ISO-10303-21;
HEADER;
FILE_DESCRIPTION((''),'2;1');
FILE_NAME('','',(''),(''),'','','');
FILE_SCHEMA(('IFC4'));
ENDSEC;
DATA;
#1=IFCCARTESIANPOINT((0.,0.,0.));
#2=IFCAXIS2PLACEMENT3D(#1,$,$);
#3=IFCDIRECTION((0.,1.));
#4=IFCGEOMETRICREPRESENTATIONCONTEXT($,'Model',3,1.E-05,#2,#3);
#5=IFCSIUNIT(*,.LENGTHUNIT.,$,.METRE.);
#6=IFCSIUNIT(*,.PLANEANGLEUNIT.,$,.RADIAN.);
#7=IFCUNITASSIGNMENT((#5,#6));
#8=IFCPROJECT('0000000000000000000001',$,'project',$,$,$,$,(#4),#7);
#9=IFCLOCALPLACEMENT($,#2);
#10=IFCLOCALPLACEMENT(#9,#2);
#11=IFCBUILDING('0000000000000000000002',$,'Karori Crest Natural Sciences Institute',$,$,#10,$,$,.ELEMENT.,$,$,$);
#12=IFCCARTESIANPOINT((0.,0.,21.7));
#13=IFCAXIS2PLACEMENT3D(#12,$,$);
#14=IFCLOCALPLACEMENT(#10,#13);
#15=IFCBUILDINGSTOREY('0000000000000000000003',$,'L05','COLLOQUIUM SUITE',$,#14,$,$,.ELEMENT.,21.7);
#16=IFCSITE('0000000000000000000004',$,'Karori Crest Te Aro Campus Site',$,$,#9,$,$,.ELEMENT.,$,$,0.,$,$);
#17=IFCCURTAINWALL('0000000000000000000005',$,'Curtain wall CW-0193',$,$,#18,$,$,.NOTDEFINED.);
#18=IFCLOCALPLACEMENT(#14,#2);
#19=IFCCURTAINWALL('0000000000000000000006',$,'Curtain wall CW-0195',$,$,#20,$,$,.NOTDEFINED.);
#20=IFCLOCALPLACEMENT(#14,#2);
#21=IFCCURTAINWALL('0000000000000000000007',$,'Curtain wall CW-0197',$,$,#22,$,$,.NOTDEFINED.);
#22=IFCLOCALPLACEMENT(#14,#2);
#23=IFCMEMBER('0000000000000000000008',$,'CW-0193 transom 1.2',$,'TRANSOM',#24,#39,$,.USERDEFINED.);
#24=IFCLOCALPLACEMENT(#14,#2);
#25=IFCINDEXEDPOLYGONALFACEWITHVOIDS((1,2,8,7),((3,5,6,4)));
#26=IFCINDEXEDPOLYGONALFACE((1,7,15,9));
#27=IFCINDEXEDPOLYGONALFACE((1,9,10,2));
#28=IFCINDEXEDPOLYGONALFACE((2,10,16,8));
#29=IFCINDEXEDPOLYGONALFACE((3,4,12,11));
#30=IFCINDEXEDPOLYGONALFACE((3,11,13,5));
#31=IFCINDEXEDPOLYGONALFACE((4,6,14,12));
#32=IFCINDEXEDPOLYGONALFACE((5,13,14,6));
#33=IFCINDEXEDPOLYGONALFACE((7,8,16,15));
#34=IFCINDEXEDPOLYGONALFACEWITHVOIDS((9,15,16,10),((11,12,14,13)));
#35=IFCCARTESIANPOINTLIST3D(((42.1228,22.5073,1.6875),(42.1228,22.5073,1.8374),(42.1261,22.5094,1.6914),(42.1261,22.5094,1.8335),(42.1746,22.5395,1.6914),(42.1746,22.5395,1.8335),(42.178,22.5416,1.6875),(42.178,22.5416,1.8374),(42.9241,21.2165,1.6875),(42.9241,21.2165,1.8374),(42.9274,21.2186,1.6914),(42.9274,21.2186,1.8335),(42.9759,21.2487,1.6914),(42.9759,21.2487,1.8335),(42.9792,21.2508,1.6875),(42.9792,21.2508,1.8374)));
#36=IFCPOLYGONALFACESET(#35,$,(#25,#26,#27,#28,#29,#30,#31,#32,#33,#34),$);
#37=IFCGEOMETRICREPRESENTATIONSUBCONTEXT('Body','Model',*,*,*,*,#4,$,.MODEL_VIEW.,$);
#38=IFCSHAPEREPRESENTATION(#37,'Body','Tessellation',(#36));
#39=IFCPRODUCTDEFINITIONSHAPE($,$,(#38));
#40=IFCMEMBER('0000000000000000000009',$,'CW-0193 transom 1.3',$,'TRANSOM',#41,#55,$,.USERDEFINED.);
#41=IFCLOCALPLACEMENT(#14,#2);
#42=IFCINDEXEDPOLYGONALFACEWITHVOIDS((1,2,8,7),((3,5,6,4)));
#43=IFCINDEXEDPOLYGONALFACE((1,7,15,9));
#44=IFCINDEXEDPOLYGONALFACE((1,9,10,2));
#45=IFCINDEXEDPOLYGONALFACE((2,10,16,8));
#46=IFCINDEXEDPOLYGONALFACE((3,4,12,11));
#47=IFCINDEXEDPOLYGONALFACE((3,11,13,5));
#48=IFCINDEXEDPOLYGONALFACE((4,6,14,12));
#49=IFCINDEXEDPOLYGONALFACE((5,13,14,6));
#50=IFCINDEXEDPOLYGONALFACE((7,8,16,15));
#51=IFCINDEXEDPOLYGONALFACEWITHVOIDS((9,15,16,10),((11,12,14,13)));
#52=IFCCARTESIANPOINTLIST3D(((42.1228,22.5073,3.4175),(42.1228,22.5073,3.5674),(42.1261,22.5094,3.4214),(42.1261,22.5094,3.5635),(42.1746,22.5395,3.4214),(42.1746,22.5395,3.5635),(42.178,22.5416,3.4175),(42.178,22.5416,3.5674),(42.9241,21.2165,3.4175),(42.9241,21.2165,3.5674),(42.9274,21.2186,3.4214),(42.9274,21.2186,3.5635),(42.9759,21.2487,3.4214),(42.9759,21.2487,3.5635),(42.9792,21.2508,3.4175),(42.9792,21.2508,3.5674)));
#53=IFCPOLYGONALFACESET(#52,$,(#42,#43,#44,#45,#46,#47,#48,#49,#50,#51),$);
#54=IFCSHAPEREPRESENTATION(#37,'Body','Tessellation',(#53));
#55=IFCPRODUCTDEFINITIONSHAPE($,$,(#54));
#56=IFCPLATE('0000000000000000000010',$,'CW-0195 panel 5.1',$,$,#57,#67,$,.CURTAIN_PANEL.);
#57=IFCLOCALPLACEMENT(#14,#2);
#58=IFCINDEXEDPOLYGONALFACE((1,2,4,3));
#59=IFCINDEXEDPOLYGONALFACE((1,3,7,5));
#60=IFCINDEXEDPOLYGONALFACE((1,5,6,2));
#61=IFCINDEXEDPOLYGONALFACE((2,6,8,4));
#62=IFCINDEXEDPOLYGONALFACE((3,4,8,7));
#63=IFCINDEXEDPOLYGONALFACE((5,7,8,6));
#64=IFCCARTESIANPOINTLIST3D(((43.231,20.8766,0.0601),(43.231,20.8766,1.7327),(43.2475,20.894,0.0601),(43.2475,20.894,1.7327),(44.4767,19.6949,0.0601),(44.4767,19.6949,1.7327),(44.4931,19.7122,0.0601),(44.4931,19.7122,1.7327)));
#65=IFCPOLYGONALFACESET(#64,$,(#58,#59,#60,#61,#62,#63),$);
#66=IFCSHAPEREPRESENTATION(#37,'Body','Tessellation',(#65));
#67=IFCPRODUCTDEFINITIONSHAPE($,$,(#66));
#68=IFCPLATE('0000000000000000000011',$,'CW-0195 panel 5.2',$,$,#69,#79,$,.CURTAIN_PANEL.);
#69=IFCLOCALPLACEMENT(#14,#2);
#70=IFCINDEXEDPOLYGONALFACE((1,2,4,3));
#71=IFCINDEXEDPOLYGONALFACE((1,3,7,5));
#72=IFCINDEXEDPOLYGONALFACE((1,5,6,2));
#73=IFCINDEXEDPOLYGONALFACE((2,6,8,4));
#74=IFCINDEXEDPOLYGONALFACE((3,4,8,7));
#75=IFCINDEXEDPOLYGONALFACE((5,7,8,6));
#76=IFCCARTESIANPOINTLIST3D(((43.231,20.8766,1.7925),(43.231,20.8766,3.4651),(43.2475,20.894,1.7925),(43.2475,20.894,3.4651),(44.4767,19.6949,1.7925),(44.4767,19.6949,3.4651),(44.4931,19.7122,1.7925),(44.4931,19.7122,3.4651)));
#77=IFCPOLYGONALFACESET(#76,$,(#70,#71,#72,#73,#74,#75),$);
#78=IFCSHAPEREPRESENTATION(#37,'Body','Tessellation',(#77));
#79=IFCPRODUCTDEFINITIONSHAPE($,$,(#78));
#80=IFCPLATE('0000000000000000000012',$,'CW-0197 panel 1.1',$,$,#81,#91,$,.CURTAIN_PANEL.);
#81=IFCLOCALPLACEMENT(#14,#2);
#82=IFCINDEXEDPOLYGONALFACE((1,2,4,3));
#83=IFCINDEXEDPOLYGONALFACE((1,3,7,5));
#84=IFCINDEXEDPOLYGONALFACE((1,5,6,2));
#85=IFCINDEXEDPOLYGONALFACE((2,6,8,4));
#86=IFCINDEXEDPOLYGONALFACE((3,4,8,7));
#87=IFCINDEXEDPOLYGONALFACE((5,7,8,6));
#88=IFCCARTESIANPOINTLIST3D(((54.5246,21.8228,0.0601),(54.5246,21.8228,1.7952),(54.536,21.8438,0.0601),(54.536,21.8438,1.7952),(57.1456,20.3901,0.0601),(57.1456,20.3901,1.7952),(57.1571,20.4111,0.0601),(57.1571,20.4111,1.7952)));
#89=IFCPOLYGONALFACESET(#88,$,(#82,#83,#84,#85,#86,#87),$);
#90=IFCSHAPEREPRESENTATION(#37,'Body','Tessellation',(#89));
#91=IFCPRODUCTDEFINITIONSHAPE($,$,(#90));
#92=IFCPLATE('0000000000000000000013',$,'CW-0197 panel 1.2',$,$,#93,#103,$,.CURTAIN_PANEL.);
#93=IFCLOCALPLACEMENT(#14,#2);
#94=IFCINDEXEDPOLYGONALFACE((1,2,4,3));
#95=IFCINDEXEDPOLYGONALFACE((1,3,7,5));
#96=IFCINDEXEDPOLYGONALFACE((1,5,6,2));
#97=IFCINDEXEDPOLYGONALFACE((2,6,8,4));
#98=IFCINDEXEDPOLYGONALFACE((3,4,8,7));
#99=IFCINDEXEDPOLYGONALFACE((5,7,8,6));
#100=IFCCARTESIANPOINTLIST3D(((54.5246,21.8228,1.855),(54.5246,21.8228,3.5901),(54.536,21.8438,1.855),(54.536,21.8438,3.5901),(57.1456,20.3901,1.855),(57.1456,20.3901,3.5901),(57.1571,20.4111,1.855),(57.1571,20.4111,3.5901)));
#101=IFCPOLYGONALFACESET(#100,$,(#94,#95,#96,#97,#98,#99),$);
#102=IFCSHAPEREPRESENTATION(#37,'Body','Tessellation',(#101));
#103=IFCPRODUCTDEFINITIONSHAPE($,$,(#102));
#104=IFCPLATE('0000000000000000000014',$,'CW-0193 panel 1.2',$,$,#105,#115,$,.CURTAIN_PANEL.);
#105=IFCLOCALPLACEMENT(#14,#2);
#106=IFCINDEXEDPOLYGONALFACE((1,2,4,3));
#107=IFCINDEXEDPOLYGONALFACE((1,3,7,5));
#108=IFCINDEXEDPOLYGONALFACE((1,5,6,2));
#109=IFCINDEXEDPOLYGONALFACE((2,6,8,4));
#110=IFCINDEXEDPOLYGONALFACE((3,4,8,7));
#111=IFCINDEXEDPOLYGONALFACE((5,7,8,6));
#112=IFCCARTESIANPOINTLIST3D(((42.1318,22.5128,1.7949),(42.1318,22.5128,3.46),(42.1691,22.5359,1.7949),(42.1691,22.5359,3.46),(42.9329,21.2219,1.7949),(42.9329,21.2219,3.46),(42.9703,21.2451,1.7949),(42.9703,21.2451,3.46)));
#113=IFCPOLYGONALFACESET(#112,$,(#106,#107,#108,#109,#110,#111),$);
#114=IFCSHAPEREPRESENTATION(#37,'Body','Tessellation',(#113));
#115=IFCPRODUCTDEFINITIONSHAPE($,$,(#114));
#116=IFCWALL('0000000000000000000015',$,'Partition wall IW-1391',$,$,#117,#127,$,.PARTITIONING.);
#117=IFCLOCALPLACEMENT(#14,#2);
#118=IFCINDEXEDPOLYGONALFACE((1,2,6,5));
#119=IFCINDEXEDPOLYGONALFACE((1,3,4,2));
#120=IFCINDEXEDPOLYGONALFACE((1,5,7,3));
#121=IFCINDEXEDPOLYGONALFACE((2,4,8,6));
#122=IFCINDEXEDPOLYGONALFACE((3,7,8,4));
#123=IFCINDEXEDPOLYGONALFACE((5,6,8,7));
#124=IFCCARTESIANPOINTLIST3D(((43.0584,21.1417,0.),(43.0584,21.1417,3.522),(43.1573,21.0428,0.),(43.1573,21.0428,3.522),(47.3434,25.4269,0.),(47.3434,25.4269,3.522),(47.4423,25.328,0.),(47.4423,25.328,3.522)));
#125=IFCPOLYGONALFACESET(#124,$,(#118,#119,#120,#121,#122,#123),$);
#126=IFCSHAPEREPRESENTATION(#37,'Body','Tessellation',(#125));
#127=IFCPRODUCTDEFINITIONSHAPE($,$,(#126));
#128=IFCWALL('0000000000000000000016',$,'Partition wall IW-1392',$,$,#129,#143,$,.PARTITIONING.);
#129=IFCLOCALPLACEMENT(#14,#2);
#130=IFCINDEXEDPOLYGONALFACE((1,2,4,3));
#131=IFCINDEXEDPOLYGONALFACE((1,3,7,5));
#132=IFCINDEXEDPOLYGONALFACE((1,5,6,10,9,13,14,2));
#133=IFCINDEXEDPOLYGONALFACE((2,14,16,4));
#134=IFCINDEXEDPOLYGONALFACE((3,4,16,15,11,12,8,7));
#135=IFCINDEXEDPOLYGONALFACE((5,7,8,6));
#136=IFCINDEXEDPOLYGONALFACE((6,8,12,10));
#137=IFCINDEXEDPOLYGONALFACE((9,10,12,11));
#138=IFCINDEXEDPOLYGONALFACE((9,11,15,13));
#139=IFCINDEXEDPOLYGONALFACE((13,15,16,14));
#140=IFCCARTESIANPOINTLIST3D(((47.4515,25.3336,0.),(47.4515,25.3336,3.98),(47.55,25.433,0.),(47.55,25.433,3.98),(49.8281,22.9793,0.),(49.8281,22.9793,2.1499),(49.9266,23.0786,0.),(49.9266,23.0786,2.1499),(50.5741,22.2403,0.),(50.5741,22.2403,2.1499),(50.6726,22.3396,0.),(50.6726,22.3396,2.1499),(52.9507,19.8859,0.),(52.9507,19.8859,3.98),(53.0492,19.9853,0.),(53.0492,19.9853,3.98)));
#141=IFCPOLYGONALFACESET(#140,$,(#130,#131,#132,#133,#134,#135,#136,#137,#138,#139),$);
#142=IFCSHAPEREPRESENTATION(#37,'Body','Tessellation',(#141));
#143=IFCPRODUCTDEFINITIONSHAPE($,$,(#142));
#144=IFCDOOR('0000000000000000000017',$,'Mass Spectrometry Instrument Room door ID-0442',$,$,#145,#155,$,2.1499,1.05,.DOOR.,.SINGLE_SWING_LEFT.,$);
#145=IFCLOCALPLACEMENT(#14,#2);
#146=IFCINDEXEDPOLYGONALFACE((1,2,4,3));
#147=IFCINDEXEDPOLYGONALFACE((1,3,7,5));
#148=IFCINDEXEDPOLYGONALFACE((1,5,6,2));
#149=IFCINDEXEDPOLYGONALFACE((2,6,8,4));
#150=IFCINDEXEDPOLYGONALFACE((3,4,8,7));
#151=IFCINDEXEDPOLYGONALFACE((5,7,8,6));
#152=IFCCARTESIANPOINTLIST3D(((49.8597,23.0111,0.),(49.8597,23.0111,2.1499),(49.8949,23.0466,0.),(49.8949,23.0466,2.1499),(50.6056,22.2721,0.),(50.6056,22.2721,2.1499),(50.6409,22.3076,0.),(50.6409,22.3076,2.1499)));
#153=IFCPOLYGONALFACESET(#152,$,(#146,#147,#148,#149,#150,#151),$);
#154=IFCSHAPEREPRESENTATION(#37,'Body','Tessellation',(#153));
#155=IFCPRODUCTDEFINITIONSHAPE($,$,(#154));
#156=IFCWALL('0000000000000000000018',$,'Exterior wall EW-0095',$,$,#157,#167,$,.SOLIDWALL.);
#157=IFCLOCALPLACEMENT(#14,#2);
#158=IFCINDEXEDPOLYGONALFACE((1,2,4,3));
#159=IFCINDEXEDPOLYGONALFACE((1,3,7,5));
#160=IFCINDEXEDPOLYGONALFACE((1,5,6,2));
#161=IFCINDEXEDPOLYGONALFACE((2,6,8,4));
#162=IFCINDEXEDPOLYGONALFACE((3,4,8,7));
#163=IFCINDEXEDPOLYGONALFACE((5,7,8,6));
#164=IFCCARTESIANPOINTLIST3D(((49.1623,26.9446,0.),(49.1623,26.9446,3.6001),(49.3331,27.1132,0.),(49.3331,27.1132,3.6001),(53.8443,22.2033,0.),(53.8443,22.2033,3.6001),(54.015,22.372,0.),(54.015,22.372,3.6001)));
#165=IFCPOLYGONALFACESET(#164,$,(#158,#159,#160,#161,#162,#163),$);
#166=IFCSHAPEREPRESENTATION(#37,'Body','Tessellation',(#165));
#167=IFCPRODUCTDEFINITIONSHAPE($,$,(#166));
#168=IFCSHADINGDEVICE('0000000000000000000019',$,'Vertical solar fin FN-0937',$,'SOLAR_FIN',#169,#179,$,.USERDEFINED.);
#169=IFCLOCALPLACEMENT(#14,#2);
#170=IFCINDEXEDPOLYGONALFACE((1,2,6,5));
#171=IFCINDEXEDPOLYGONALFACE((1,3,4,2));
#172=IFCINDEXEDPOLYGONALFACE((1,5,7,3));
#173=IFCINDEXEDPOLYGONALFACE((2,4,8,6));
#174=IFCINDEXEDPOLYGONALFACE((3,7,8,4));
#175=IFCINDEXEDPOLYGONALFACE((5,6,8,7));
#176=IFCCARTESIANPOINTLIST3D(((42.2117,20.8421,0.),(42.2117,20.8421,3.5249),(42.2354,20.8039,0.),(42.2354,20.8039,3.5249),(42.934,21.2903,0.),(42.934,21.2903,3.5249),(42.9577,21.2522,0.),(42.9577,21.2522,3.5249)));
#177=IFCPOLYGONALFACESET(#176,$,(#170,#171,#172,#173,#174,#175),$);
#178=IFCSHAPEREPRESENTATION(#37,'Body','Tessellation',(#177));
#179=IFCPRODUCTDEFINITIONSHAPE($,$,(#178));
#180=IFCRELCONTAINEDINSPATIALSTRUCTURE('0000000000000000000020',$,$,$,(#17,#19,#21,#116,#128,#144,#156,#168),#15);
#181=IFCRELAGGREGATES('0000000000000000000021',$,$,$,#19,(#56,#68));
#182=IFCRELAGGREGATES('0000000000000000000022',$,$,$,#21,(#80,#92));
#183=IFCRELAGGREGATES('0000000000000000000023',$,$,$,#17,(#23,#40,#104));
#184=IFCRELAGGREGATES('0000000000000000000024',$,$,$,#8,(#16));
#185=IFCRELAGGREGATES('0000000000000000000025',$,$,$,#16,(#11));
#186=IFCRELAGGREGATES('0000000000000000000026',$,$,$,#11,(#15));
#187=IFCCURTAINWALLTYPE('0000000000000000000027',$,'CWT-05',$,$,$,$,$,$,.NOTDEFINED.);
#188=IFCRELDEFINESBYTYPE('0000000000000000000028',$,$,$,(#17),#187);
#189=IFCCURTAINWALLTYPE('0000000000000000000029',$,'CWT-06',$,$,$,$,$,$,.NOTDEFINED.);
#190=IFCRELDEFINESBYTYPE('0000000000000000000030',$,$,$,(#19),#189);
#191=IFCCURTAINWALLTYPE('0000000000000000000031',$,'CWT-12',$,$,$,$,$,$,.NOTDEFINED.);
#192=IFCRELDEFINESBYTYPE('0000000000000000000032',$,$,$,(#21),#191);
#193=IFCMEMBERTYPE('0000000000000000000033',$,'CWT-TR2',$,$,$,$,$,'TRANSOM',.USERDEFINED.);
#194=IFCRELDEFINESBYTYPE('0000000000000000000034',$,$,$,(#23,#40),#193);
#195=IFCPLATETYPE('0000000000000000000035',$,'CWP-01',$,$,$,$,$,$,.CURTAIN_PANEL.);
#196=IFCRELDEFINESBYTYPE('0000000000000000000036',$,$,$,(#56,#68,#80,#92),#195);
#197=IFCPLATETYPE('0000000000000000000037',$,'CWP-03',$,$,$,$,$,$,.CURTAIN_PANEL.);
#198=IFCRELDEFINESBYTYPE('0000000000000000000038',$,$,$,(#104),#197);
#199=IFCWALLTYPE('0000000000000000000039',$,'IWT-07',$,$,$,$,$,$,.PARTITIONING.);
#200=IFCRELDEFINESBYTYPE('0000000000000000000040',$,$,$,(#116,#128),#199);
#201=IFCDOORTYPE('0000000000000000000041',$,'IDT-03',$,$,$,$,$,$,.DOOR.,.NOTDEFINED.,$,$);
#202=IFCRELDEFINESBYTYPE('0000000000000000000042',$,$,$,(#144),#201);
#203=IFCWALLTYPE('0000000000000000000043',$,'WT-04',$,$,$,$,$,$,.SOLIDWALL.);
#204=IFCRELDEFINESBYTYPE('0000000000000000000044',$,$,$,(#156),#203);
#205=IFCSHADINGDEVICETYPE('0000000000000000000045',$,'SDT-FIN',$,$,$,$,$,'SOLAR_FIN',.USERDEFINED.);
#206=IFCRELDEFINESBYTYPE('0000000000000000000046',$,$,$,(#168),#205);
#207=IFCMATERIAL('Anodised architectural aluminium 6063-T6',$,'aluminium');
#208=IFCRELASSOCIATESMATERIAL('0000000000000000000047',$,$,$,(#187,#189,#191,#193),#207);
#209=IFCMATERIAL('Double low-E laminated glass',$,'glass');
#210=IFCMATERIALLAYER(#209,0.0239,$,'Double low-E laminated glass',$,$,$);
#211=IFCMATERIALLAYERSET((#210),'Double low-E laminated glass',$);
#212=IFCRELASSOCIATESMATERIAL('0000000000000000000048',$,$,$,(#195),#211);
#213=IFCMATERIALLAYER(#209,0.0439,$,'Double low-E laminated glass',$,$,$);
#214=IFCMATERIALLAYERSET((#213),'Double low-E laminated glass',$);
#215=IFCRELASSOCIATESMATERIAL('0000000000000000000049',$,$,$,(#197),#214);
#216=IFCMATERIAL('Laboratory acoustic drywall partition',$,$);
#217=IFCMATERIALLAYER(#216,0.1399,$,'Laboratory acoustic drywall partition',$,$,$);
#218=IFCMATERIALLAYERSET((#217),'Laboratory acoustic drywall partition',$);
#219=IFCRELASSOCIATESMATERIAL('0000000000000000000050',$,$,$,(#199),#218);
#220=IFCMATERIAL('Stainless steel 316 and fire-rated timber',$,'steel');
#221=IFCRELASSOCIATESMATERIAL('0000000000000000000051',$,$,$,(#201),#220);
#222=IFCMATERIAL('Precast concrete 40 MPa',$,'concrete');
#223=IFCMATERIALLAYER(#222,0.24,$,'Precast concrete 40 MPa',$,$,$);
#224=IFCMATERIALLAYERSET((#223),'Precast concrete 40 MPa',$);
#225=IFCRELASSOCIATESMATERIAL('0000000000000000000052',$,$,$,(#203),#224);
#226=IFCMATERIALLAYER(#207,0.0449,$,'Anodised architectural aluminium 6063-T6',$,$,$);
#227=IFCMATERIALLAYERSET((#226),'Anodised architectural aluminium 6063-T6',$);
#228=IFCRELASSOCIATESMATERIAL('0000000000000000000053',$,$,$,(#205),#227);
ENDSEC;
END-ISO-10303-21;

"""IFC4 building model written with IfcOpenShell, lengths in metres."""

from ifc_helpers import new_model, si_unit, direction, frame, frame_2d, origin, origin_2d, place, context, subcontext, project, spatial, rectangle, hollow_rectangle, extrude, material, layer, layer_set, material_profile, profile_set, type_object, element, fill, aggregate, save


model = new_model("IFC4")

# Units and contexts
model_context = context("Model", 3, precision=1e-05, world=origin(), true_north=direction((0.0, 1.0)))
body_context = subcontext(model_context, "Body", "Model", "MODEL_VIEW")
ifc_project = project(units=[si_unit("LENGTHUNIT", "METRE"), si_unit("PLANEANGLEUNIT", "RADIAN")], contexts=[model_context])

# Site, building, storey
site_placement = place(None, origin())
site = spatial("IfcSite", under=ifc_project, at=site_placement, Name="Karori Crest Te Aro Campus Site", CompositionType="ELEMENT", RefElevation=0.0)
building_placement = place(site_placement, origin())
building = spatial("IfcBuilding", under=site, at=building_placement, Name="Karori Crest Natural Sciences Institute", CompositionType="ELEMENT")
storey_placement = place(building_placement, frame((0.0, 0.0, 21.7)))
storey = spatial("IfcBuildingStorey", under=building, at=storey_placement, Name="L05", Description="COLLOQUIUM SUITE", CompositionType="ELEMENT", Elevation=21.7)

# Curtain walls
ifc_material_1 = material(Name="Anodised architectural aluminium 6063-T6", Category="aluminium")
curtain_wall_type_1 = type_object("IfcCurtainWallType", Name="CWT-05", PredefinedType="NOTDEFINED", material=ifc_material_1)
curtain_wall_1_placement = place(storey_placement, origin())
curtain_wall_1 = element("IfcCurtainWall", 1, at=curtain_wall_1_placement, inside=storey, type_object=curtain_wall_type_1, Name="Curtain wall CW-0193", PredefinedType="NOTDEFINED")
curtain_wall_type_2 = type_object("IfcCurtainWallType", Name="CWT-06", PredefinedType="NOTDEFINED", material=ifc_material_1)
curtain_wall_2_placement = place(storey_placement, origin())
curtain_wall_2 = element("IfcCurtainWall", 2, at=curtain_wall_2_placement, inside=storey, type_object=curtain_wall_type_2, Name="Curtain wall CW-0195", PredefinedType="NOTDEFINED")

# Curtain wall
curtain_wall_type_3 = type_object("IfcCurtainWallType", Name="CWT-12", PredefinedType="NOTDEFINED", material=ifc_material_1)
curtain_wall_3_placement = place(storey_placement, origin())
curtain_wall_3 = element("IfcCurtainWall", 3, at=curtain_wall_3_placement, inside=storey, type_object=curtain_wall_type_3, Name="Curtain wall CW-0197", PredefinedType="NOTDEFINED")

# Members
ifc_material_profile_1 = material_profile(ifc_material_1, hollow_rectangle(XDim=0.0649, YDim=0.1499, WallThickness=0.0039, at=origin_2d()), Name="CWT150x65x4")
ifc_profile_set_1 = profile_set([ifc_material_profile_1], Name="Anodised architectural aluminium 6063-T6")
member_type_1 = type_object("IfcMemberType", Name="CWT-TR2", ElementType="TRANSOM", PredefinedType="USERDEFINED", material=ifc_profile_set_1)
member_1_placement = place(storey_placement, frame((42.9517, 21.2336, 1.7625), z_axis=(-0.527411, 0.84961, 0.0), x_axis=(-0.84961, -0.527411, 0.0)))
member_1 = element("IfcMember", 4, at=member_1_placement, type_object=member_type_1, Name="CW-0193 transom 1.2", ObjectType="TRANSOM", PredefinedType="USERDEFINED", context=body_context, shape_type="SweptSolid", body=[
    extrude(hollow_rectangle(XDim=0.0649, YDim=0.1499, WallThickness=0.0039, at=origin_2d()), origin(), (0.0, 0.0, 1.0), 1.5193),
])
member_2_placement = place(storey_placement, frame((42.9517, 21.2336, 3.4924), z_axis=(-0.527411, 0.84961, 0.0), x_axis=(-0.84961, -0.527411, 0.0)))
member_2 = element("IfcMember", 5, at=member_2_placement, type_object=member_type_1, Name="CW-0193 transom 1.3", ObjectType="TRANSOM", PredefinedType="USERDEFINED", context=body_context, shape_type="SweptSolid", body=[
    extrude(hollow_rectangle(XDim=0.0649, YDim=0.1499, WallThickness=0.0039, at=origin_2d()), origin(), (0.0, 0.0, 1.0), 1.5193),
])

# Plates
ifc_material_2 = material(Name="Double low-E laminated glass", Category="glass")
ifc_layer_1 = layer(ifc_material_2, 0.0239, Name="Double low-E laminated glass")
ifc_layer_set_1 = layer_set([ifc_layer_1], Name="Double low-E laminated glass")
plate_type_1 = type_object("IfcPlateType", Name="CWP-01", PredefinedType="CURTAIN_PANEL", material=ifc_layer_set_1)
plate_1_placement = place(storey_placement, frame((43.8621, 20.2944, 0.0601), z_axis=(0.0, 0.0, 1.0), x_axis=(-0.725471, 0.688252, 0.0)))
plate_1 = element("IfcPlate", 6, at=plate_1_placement, type_object=plate_type_1, Name="CW-0195 panel 5.1", PredefinedType="CURTAIN_PANEL", context=body_context, shape_type="SweptSolid", body=[
    extrude(rectangle(XDim=1.717, YDim=0.0239, at=origin_2d()), origin(), (0.0, 0.0, 1.0), 1.6726),
])
plate_2_placement = place(storey_placement, frame((43.8621, 20.2944, 1.7925), z_axis=(0.0, 0.0, 1.0), x_axis=(-0.725471, 0.688252, 0.0)))
plate_2 = element("IfcPlate", 7, at=plate_2_placement, type_object=plate_type_1, Name="CW-0195 panel 5.2", PredefinedType="CURTAIN_PANEL", context=body_context, shape_type="SweptSolid", body=[
    extrude(rectangle(XDim=1.717, YDim=0.0239, at=origin_2d()), origin(), (0.0, 0.0, 1.0), 1.6726),
])
aggregate(curtain_wall_2, [plate_1, plate_2])
plate_3_placement = place(storey_placement, frame((55.8408, 21.1169, 0.0601), z_axis=(0.0, 0.0, 1.0), x_axis=(0.87747, -0.479631, 0.0)))
plate_3 = element("IfcPlate", 8, at=plate_3_placement, type_object=plate_type_1, Name="CW-0197 panel 1.1", PredefinedType="CURTAIN_PANEL", context=body_context, shape_type="SweptSolid", body=[
    extrude(rectangle(XDim=2.9871, YDim=0.0239, at=origin_2d()), origin(), (0.0, 0.0, 1.0), 1.7351),
])
plate_4_placement = place(storey_placement, frame((55.8408, 21.1169, 1.855), z_axis=(0.0, 0.0, 1.0), x_axis=(0.87747, -0.479631, 0.0)))
plate_4 = element("IfcPlate", 9, at=plate_4_placement, type_object=plate_type_1, Name="CW-0197 panel 1.2", PredefinedType="CURTAIN_PANEL", context=body_context, shape_type="SweptSolid", body=[
    extrude(rectangle(XDim=2.9871, YDim=0.0239, at=origin_2d()), origin(), (0.0, 0.0, 1.0), 1.7351),
])
aggregate(curtain_wall_3, [plate_3, plate_4])
ifc_layer_2 = layer(ifc_material_2, 0.0439, Name="Double low-E laminated glass")
ifc_layer_set_2 = layer_set([ifc_layer_2], Name="Double low-E laminated glass")
plate_type_2 = type_object("IfcPlateType", Name="CWP-03", PredefinedType="CURTAIN_PANEL", material=ifc_layer_set_2)
plate_5_placement = place(storey_placement, frame((42.551, 21.8789, 1.7949), z_axis=(0.0, 0.0, 1.0), x_axis=(-0.527328, 0.849662, 0.0)))
plate_5 = element("IfcPlate", 10, at=plate_5_placement, type_object=plate_type_2, Name="CW-0193 panel 1.2", PredefinedType="CURTAIN_PANEL", context=body_context, shape_type="SweptSolid", body=[
    extrude(rectangle(XDim=1.5193, YDim=0.0439, at=origin_2d()), origin(), (0.0, 0.0, 1.0), 1.665),
])
aggregate(curtain_wall_1, [member_1, member_2, plate_5])

# Wall
ifc_material_3 = material(Name="Laboratory acoustic drywall partition")
ifc_layer_3 = layer(ifc_material_3, 0.1399, Name="Laboratory acoustic drywall partition")
ifc_layer_set_3 = layer_set([ifc_layer_3], Name="Laboratory acoustic drywall partition")
wall_type_1 = type_object("IfcWallType", Name="IWT-07", PredefinedType="PARTITIONING", material=ifc_layer_set_3)
wall_1_placement = place(storey_placement, frame((47.3928, 25.3774, 0.0), z_axis=(0.0, 0.0, 1.0), x_axis=(-0.707087, -0.707127, 0.0)))
element("IfcWall", 11, at=wall_1_placement, inside=storey, type_object=wall_type_1, Name="Partition wall IW-1391", PredefinedType="PARTITIONING", context=body_context, shape_type="SweptSolid", body=[
    extrude(rectangle(XDim=6.0601, YDim=0.1399, at=frame_2d((3.03, 0.0))), origin(), (0.0, 0.0, 1.0), 3.522),
])

# Wall, opening, door
wall_2_placement = place(storey_placement, frame((47.5007, 25.3833, 0.0), z_axis=(0.0, 0.0, 1.0), x_axis=(0.710426, -0.703772, 0.0)))
wall_2 = element("IfcWall", 12, at=wall_2_placement, inside=storey, type_object=wall_type_1, Name="Partition wall IW-1392", PredefinedType="PARTITIONING", context=body_context, shape_type="SweptSolid", body=[
    extrude(rectangle(XDim=7.7407, YDim=0.1399, at=frame_2d((3.8704, 0.0))), origin(), (0.0, 0.0, 1.0), 3.98),
])
opening_placement = place(wall_2_placement, frame((3.3455, 0.0, 0.0)))
opening = element("IfcOpeningElement", 13, at=opening_placement, cuts=wall_2, PredefinedType="OPENING", context=body_context, shape_type="SweptSolid", body=[
    extrude(rectangle(XDim=1.05, YDim=2.1499, at=frame_2d((0.5249, 1.075))), frame((0.0, 0.0801, 0.0), z_axis=(0.0, -1.0, 0.0), x_axis=(1.0, 0.0, 0.0)), (0.0, 0.0, 1.0), 0.1599),
])
ifc_material_4 = material(Name="Stainless steel 316 and fire-rated timber", Category="steel")
door_type = type_object("IfcDoorType", Name="IDT-03", OperationType="NOTDEFINED", PredefinedType="DOOR", material=ifc_material_4)
door_placement = place(opening_placement, origin())
door = element("IfcDoor", 14, at=door_placement, inside=storey, type_object=door_type, Name="Mass Spectrometry Instrument Room door ID-0442", OperationType="SINGLE_SWING_LEFT", OverallHeight=2.1499, OverallWidth=1.05, PredefinedType="DOOR", context=body_context, shape_type="SweptSolid", body=[
    extrude(rectangle(XDim=1.05, YDim=2.1499, at=frame_2d((0.5249, 1.075))), frame((0.0, 0.0249, 0.0), z_axis=(0.0, -1.0, 0.0), x_axis=(1.0, 0.0, 0.0)), (0.0, 0.0, 1.0), 0.05),
])
fill(opening, door)

# Wall
ifc_material_5 = material(Name="Precast concrete 40 MPa", Category="concrete")
ifc_layer_4 = layer(ifc_material_5, 0.24, Name="Precast concrete 40 MPa")
ifc_layer_set_4 = layer_set([ifc_layer_4], Name="Precast concrete 40 MPa")
wall_type_2 = type_object("IfcWallType", Name="WT-04", PredefinedType="SOLIDWALL", material=ifc_layer_set_4)
wall_3_placement = place(storey_placement, frame((49.2478, 27.0288, 0.0), z_axis=(0.0, 0.0, 1.0), x_axis=(0.702641, -0.711545, 0.0)))
element("IfcWall", 15, at=wall_3_placement, inside=storey, type_object=wall_type_2, Name="Exterior wall EW-0095", PredefinedType="SOLIDWALL", context=body_context, shape_type="SweptSolid", body=[
    extrude(rectangle(XDim=6.6633, YDim=0.24, at=frame_2d((3.3315, 0.0))), origin(), (0.0, 0.0, 1.0), 3.6001),
])

# Shading device
ifc_layer_5 = layer(ifc_material_1, 0.0449, Name="Anodised architectural aluminium 6063-T6")
ifc_layer_set_5 = layer_set([ifc_layer_5], Name="Anodised architectural aluminium 6063-T6")
shading_device_type = type_object("IfcShadingDeviceType", Name="SDT-FIN", ElementType="SOLAR_FIN", PredefinedType="USERDEFINED", material=ifc_layer_set_5)
for number, where, z_axis, x_axis, name in (
    (16, (42.5847, 21.0471, 0.0), (0.0, 0.0, 1.0), (-0.849662, -0.527328, 0.0), "Vertical solar fin FN-0937"),
):
    element("IfcShadingDevice", number, at=place(storey_placement, frame(where, z_axis=z_axis, x_axis=x_axis)), inside=storey, type_object=shading_device_type, Name=name, ObjectType="SOLAR_FIN", PredefinedType="USERDEFINED", context=body_context, shape_type="SweptSolid", body=[
        extrude(rectangle(XDim=0.8501, YDim=0.0449, at=origin_2d()), origin(), (0.0, 0.0, 1.0), 3.5249),
    ])

save(model, "model.ifc")
